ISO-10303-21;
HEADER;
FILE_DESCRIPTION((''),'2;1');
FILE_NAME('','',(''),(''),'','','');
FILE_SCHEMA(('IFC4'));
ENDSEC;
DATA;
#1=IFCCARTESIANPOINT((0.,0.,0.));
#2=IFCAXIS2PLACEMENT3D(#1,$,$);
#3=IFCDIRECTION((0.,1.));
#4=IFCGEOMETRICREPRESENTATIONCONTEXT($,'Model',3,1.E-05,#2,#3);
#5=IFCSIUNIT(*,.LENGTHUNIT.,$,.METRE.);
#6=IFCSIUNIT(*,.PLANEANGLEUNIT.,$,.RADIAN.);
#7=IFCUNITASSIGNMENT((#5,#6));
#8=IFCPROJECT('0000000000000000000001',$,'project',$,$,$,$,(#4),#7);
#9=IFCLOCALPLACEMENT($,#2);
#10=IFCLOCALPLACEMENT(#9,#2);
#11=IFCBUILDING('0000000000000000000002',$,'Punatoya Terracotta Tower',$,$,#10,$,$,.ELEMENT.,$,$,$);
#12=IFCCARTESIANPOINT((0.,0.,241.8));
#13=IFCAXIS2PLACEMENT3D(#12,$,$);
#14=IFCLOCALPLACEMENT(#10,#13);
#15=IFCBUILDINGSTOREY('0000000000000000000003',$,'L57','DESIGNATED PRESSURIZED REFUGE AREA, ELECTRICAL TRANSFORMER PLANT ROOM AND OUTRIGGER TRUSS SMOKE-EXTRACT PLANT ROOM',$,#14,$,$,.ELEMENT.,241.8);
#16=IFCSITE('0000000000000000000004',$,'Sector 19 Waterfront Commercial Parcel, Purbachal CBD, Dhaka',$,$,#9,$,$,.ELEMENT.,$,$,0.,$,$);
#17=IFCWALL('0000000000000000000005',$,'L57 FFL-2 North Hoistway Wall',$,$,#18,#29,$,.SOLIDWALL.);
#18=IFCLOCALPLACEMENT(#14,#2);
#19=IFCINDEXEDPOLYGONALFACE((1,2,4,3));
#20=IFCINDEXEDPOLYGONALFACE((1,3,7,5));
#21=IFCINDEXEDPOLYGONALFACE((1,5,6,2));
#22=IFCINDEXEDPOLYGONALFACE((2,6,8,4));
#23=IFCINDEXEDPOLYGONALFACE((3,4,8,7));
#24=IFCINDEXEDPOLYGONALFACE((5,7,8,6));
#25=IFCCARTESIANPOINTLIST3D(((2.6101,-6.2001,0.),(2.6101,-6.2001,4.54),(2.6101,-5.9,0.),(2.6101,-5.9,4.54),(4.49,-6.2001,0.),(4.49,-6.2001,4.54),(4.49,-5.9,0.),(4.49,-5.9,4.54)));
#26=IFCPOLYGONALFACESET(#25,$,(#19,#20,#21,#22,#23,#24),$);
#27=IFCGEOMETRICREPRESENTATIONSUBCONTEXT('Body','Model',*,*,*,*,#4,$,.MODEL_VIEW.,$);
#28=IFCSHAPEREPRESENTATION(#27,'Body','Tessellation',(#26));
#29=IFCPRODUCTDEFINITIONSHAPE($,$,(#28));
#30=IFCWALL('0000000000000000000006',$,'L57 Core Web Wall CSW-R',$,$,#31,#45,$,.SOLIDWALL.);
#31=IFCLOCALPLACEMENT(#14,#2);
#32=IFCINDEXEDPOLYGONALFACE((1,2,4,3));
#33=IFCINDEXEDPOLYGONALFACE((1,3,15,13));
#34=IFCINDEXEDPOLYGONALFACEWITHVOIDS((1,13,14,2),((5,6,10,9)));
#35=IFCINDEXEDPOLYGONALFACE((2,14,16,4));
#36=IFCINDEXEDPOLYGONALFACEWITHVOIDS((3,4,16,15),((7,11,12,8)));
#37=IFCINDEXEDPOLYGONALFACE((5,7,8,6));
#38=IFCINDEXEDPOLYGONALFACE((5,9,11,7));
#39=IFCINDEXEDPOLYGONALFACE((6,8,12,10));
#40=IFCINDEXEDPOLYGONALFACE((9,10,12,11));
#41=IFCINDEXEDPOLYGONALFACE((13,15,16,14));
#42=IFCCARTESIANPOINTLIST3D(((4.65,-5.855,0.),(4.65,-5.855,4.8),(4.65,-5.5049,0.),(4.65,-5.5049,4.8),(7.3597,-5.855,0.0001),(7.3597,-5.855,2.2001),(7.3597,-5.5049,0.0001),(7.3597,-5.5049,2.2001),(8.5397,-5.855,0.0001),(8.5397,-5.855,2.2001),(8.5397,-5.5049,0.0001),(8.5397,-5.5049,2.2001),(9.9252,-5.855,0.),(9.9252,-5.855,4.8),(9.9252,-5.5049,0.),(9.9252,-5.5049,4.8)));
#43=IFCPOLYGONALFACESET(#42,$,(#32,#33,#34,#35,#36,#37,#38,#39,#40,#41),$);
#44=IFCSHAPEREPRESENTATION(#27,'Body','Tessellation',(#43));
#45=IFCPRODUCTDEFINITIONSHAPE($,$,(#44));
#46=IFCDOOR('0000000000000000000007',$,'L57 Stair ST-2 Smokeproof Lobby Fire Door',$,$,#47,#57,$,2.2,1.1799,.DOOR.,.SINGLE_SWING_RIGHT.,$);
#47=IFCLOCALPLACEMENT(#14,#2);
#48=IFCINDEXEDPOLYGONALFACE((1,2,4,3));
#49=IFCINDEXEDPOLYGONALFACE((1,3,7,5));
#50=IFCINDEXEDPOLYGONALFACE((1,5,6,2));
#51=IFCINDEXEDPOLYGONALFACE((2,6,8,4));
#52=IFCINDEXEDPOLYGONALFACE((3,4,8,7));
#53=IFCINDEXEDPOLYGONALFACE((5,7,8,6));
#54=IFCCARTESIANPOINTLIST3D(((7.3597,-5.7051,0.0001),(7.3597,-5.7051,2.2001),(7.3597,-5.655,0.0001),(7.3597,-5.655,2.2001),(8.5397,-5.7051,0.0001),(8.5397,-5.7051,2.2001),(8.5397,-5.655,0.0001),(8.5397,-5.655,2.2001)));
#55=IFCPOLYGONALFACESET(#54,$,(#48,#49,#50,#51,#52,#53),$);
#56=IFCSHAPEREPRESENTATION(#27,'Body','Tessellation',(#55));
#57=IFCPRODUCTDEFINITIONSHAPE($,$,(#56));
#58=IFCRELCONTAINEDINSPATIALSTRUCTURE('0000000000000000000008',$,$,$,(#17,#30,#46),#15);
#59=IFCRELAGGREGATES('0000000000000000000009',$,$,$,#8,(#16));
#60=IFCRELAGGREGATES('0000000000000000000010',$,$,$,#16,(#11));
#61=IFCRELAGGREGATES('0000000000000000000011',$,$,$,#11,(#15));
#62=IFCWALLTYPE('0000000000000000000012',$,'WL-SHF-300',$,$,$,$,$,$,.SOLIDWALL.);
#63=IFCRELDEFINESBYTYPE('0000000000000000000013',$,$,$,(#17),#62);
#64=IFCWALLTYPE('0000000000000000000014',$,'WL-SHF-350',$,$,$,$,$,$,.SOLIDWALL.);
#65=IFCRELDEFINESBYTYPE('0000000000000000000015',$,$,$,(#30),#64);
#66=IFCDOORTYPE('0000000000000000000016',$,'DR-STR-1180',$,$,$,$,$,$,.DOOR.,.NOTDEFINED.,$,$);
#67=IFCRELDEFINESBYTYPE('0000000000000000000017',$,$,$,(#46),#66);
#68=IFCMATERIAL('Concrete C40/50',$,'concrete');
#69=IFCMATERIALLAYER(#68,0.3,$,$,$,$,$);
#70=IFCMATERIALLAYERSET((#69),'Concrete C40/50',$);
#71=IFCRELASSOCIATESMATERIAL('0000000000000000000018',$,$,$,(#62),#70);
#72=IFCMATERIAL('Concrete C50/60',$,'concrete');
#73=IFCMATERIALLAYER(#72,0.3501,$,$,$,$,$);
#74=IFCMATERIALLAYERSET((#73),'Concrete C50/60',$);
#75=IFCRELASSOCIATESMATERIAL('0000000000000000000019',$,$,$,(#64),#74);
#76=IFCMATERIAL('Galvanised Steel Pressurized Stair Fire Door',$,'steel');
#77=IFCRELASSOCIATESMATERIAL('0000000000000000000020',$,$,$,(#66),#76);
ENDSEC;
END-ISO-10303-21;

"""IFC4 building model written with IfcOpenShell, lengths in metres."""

from ifc_helpers import new_model, si_unit, direction, frame, frame_2d, origin, place, context, subcontext, project, spatial, rectangle, extrude, material, layer, layer_set, type_object, element, fill, save


model = new_model("IFC4")

# Units and contexts
model_context = context("Model", 3, precision=1e-05, world=origin(), true_north=direction((0.0, 1.0)))
body_context = subcontext(model_context, "Body", "Model", "MODEL_VIEW")
ifc_project = project(units=[si_unit("LENGTHUNIT", "METRE"), si_unit("PLANEANGLEUNIT", "RADIAN")], contexts=[model_context])

# Site, building, storey
site_placement = place(None, origin())
site = spatial("IfcSite", under=ifc_project, at=site_placement, Name="Sector 19 Waterfront Commercial Parcel, Purbachal CBD, Dhaka", CompositionType="ELEMENT", RefElevation=0.0)
building_placement = place(site_placement, origin())
building = spatial("IfcBuilding", under=site, at=building_placement, Name="Punatoya Terracotta Tower", CompositionType="ELEMENT")
storey_placement = place(building_placement, frame((0.0, 0.0, 241.8)))
storey = spatial("IfcBuildingStorey", under=building, at=storey_placement, Name="L57", Description="DESIGNATED PRESSURIZED REFUGE AREA, ELECTRICAL TRANSFORMER PLANT ROOM AND OUTRIGGER TRUSS SMOKE-EXTRACT PLANT ROOM", CompositionType="ELEMENT", Elevation=241.8)

# Shared definitions
ifc_material_1 = material(Name="Concrete C40/50", Category="concrete")

# Shared definitions
ifc_layer_1 = layer(ifc_material_1, 0.3)
ifc_layer_set_1 = layer_set([ifc_layer_1], Name="Concrete C40/50")
wall_type_1 = type_object("IfcWallType", Name="WL-SHF-300", PredefinedType="SOLIDWALL", material=ifc_layer_set_1)

# Wall
wall_1_placement = place(storey_placement, frame((2.6101, -6.05, 0.0), z_axis=(0.0, 0.0, 1.0), x_axis=(1.0, 0.0, 0.0)))
element("IfcWall", 1, at=wall_1_placement, inside=storey, type_object=wall_type_1, Name="L57 FFL-2 North Hoistway Wall", PredefinedType="SOLIDWALL", context=body_context, shape_type="SweptSolid", body=[
    extrude(rectangle(XDim=1.8799, YDim=0.3, at=frame_2d((0.9399, 0.0))), origin(), (0.0, 0.0, 1.0), 4.54),
])

# Wall, opening, door
ifc_material_2 = material(Name="Concrete C50/60", Category="concrete")
ifc_layer_2 = layer(ifc_material_2, 0.3501)
ifc_layer_set_2 = layer_set([ifc_layer_2], Name="Concrete C50/60")
wall_type_2 = type_object("IfcWallType", Name="WL-SHF-350", PredefinedType="SOLIDWALL", material=ifc_layer_set_2)
wall_2_placement = place(storey_placement, frame((4.6499, -5.6799, 0.0), z_axis=(0.0, 0.0, 1.0), x_axis=(1.0, 0.0, 0.0)))
wall_2 = element("IfcWall", 2, at=wall_2_placement, inside=storey, type_object=wall_type_2, Name="L57 Core Web Wall CSW-R", PredefinedType="SOLIDWALL", context=body_context, shape_type="SweptSolid", body=[
    extrude(rectangle(XDim=5.2751, YDim=0.3501, at=frame_2d((2.6377, 0.0))), origin(), (0.0, 0.0, 1.0), 4.8),
])
opening_1_placement = place(wall_2_placement, frame((2.71, 0.0, 0.0)))
opening_1 = element("IfcOpeningElement", 3, at=opening_1_placement, cuts=wall_2, PredefinedType="OPENING", context=body_context, shape_type="SweptSolid", body=[
    extrude(rectangle(XDim=1.1799, YDim=2.2, at=frame_2d((0.5898, 1.1001))), frame((0.0, 0.1851, 0.0), z_axis=(0.0, -1.0, 0.0), x_axis=(1.0, 0.0, 0.0)), (0.0, 0.0, 1.0), 0.3701),
])
ifc_material_3 = material(Name="Galvanised Steel Pressurized Stair Fire Door", Category="steel")
door_type_1 = type_object("IfcDoorType", Name="DR-STR-1180", OperationType="NOTDEFINED", PredefinedType="DOOR", material=ifc_material_3)
door_1_placement = place(opening_1_placement, origin())
door_1 = element("IfcDoor", 4, at=door_1_placement, inside=storey, type_object=door_type_1, Name="L57 Stair ST-2 Smokeproof Lobby Fire Door", OperationType="SINGLE_SWING_RIGHT", OverallHeight=2.2, OverallWidth=1.1799, PredefinedType="DOOR", context=body_context, shape_type="SweptSolid", body=[
    extrude(rectangle(XDim=1.1799, YDim=2.2, at=frame_2d((0.5898, 1.1001))), frame((0.0, 0.0249, 0.0), z_axis=(0.0, -1.0, 0.0), x_axis=(1.0, 0.0, 0.0)), (0.0, 0.0, 1.0), 0.05),
])
fill(opening_1, door_1)

save(model, "model.ifc")
